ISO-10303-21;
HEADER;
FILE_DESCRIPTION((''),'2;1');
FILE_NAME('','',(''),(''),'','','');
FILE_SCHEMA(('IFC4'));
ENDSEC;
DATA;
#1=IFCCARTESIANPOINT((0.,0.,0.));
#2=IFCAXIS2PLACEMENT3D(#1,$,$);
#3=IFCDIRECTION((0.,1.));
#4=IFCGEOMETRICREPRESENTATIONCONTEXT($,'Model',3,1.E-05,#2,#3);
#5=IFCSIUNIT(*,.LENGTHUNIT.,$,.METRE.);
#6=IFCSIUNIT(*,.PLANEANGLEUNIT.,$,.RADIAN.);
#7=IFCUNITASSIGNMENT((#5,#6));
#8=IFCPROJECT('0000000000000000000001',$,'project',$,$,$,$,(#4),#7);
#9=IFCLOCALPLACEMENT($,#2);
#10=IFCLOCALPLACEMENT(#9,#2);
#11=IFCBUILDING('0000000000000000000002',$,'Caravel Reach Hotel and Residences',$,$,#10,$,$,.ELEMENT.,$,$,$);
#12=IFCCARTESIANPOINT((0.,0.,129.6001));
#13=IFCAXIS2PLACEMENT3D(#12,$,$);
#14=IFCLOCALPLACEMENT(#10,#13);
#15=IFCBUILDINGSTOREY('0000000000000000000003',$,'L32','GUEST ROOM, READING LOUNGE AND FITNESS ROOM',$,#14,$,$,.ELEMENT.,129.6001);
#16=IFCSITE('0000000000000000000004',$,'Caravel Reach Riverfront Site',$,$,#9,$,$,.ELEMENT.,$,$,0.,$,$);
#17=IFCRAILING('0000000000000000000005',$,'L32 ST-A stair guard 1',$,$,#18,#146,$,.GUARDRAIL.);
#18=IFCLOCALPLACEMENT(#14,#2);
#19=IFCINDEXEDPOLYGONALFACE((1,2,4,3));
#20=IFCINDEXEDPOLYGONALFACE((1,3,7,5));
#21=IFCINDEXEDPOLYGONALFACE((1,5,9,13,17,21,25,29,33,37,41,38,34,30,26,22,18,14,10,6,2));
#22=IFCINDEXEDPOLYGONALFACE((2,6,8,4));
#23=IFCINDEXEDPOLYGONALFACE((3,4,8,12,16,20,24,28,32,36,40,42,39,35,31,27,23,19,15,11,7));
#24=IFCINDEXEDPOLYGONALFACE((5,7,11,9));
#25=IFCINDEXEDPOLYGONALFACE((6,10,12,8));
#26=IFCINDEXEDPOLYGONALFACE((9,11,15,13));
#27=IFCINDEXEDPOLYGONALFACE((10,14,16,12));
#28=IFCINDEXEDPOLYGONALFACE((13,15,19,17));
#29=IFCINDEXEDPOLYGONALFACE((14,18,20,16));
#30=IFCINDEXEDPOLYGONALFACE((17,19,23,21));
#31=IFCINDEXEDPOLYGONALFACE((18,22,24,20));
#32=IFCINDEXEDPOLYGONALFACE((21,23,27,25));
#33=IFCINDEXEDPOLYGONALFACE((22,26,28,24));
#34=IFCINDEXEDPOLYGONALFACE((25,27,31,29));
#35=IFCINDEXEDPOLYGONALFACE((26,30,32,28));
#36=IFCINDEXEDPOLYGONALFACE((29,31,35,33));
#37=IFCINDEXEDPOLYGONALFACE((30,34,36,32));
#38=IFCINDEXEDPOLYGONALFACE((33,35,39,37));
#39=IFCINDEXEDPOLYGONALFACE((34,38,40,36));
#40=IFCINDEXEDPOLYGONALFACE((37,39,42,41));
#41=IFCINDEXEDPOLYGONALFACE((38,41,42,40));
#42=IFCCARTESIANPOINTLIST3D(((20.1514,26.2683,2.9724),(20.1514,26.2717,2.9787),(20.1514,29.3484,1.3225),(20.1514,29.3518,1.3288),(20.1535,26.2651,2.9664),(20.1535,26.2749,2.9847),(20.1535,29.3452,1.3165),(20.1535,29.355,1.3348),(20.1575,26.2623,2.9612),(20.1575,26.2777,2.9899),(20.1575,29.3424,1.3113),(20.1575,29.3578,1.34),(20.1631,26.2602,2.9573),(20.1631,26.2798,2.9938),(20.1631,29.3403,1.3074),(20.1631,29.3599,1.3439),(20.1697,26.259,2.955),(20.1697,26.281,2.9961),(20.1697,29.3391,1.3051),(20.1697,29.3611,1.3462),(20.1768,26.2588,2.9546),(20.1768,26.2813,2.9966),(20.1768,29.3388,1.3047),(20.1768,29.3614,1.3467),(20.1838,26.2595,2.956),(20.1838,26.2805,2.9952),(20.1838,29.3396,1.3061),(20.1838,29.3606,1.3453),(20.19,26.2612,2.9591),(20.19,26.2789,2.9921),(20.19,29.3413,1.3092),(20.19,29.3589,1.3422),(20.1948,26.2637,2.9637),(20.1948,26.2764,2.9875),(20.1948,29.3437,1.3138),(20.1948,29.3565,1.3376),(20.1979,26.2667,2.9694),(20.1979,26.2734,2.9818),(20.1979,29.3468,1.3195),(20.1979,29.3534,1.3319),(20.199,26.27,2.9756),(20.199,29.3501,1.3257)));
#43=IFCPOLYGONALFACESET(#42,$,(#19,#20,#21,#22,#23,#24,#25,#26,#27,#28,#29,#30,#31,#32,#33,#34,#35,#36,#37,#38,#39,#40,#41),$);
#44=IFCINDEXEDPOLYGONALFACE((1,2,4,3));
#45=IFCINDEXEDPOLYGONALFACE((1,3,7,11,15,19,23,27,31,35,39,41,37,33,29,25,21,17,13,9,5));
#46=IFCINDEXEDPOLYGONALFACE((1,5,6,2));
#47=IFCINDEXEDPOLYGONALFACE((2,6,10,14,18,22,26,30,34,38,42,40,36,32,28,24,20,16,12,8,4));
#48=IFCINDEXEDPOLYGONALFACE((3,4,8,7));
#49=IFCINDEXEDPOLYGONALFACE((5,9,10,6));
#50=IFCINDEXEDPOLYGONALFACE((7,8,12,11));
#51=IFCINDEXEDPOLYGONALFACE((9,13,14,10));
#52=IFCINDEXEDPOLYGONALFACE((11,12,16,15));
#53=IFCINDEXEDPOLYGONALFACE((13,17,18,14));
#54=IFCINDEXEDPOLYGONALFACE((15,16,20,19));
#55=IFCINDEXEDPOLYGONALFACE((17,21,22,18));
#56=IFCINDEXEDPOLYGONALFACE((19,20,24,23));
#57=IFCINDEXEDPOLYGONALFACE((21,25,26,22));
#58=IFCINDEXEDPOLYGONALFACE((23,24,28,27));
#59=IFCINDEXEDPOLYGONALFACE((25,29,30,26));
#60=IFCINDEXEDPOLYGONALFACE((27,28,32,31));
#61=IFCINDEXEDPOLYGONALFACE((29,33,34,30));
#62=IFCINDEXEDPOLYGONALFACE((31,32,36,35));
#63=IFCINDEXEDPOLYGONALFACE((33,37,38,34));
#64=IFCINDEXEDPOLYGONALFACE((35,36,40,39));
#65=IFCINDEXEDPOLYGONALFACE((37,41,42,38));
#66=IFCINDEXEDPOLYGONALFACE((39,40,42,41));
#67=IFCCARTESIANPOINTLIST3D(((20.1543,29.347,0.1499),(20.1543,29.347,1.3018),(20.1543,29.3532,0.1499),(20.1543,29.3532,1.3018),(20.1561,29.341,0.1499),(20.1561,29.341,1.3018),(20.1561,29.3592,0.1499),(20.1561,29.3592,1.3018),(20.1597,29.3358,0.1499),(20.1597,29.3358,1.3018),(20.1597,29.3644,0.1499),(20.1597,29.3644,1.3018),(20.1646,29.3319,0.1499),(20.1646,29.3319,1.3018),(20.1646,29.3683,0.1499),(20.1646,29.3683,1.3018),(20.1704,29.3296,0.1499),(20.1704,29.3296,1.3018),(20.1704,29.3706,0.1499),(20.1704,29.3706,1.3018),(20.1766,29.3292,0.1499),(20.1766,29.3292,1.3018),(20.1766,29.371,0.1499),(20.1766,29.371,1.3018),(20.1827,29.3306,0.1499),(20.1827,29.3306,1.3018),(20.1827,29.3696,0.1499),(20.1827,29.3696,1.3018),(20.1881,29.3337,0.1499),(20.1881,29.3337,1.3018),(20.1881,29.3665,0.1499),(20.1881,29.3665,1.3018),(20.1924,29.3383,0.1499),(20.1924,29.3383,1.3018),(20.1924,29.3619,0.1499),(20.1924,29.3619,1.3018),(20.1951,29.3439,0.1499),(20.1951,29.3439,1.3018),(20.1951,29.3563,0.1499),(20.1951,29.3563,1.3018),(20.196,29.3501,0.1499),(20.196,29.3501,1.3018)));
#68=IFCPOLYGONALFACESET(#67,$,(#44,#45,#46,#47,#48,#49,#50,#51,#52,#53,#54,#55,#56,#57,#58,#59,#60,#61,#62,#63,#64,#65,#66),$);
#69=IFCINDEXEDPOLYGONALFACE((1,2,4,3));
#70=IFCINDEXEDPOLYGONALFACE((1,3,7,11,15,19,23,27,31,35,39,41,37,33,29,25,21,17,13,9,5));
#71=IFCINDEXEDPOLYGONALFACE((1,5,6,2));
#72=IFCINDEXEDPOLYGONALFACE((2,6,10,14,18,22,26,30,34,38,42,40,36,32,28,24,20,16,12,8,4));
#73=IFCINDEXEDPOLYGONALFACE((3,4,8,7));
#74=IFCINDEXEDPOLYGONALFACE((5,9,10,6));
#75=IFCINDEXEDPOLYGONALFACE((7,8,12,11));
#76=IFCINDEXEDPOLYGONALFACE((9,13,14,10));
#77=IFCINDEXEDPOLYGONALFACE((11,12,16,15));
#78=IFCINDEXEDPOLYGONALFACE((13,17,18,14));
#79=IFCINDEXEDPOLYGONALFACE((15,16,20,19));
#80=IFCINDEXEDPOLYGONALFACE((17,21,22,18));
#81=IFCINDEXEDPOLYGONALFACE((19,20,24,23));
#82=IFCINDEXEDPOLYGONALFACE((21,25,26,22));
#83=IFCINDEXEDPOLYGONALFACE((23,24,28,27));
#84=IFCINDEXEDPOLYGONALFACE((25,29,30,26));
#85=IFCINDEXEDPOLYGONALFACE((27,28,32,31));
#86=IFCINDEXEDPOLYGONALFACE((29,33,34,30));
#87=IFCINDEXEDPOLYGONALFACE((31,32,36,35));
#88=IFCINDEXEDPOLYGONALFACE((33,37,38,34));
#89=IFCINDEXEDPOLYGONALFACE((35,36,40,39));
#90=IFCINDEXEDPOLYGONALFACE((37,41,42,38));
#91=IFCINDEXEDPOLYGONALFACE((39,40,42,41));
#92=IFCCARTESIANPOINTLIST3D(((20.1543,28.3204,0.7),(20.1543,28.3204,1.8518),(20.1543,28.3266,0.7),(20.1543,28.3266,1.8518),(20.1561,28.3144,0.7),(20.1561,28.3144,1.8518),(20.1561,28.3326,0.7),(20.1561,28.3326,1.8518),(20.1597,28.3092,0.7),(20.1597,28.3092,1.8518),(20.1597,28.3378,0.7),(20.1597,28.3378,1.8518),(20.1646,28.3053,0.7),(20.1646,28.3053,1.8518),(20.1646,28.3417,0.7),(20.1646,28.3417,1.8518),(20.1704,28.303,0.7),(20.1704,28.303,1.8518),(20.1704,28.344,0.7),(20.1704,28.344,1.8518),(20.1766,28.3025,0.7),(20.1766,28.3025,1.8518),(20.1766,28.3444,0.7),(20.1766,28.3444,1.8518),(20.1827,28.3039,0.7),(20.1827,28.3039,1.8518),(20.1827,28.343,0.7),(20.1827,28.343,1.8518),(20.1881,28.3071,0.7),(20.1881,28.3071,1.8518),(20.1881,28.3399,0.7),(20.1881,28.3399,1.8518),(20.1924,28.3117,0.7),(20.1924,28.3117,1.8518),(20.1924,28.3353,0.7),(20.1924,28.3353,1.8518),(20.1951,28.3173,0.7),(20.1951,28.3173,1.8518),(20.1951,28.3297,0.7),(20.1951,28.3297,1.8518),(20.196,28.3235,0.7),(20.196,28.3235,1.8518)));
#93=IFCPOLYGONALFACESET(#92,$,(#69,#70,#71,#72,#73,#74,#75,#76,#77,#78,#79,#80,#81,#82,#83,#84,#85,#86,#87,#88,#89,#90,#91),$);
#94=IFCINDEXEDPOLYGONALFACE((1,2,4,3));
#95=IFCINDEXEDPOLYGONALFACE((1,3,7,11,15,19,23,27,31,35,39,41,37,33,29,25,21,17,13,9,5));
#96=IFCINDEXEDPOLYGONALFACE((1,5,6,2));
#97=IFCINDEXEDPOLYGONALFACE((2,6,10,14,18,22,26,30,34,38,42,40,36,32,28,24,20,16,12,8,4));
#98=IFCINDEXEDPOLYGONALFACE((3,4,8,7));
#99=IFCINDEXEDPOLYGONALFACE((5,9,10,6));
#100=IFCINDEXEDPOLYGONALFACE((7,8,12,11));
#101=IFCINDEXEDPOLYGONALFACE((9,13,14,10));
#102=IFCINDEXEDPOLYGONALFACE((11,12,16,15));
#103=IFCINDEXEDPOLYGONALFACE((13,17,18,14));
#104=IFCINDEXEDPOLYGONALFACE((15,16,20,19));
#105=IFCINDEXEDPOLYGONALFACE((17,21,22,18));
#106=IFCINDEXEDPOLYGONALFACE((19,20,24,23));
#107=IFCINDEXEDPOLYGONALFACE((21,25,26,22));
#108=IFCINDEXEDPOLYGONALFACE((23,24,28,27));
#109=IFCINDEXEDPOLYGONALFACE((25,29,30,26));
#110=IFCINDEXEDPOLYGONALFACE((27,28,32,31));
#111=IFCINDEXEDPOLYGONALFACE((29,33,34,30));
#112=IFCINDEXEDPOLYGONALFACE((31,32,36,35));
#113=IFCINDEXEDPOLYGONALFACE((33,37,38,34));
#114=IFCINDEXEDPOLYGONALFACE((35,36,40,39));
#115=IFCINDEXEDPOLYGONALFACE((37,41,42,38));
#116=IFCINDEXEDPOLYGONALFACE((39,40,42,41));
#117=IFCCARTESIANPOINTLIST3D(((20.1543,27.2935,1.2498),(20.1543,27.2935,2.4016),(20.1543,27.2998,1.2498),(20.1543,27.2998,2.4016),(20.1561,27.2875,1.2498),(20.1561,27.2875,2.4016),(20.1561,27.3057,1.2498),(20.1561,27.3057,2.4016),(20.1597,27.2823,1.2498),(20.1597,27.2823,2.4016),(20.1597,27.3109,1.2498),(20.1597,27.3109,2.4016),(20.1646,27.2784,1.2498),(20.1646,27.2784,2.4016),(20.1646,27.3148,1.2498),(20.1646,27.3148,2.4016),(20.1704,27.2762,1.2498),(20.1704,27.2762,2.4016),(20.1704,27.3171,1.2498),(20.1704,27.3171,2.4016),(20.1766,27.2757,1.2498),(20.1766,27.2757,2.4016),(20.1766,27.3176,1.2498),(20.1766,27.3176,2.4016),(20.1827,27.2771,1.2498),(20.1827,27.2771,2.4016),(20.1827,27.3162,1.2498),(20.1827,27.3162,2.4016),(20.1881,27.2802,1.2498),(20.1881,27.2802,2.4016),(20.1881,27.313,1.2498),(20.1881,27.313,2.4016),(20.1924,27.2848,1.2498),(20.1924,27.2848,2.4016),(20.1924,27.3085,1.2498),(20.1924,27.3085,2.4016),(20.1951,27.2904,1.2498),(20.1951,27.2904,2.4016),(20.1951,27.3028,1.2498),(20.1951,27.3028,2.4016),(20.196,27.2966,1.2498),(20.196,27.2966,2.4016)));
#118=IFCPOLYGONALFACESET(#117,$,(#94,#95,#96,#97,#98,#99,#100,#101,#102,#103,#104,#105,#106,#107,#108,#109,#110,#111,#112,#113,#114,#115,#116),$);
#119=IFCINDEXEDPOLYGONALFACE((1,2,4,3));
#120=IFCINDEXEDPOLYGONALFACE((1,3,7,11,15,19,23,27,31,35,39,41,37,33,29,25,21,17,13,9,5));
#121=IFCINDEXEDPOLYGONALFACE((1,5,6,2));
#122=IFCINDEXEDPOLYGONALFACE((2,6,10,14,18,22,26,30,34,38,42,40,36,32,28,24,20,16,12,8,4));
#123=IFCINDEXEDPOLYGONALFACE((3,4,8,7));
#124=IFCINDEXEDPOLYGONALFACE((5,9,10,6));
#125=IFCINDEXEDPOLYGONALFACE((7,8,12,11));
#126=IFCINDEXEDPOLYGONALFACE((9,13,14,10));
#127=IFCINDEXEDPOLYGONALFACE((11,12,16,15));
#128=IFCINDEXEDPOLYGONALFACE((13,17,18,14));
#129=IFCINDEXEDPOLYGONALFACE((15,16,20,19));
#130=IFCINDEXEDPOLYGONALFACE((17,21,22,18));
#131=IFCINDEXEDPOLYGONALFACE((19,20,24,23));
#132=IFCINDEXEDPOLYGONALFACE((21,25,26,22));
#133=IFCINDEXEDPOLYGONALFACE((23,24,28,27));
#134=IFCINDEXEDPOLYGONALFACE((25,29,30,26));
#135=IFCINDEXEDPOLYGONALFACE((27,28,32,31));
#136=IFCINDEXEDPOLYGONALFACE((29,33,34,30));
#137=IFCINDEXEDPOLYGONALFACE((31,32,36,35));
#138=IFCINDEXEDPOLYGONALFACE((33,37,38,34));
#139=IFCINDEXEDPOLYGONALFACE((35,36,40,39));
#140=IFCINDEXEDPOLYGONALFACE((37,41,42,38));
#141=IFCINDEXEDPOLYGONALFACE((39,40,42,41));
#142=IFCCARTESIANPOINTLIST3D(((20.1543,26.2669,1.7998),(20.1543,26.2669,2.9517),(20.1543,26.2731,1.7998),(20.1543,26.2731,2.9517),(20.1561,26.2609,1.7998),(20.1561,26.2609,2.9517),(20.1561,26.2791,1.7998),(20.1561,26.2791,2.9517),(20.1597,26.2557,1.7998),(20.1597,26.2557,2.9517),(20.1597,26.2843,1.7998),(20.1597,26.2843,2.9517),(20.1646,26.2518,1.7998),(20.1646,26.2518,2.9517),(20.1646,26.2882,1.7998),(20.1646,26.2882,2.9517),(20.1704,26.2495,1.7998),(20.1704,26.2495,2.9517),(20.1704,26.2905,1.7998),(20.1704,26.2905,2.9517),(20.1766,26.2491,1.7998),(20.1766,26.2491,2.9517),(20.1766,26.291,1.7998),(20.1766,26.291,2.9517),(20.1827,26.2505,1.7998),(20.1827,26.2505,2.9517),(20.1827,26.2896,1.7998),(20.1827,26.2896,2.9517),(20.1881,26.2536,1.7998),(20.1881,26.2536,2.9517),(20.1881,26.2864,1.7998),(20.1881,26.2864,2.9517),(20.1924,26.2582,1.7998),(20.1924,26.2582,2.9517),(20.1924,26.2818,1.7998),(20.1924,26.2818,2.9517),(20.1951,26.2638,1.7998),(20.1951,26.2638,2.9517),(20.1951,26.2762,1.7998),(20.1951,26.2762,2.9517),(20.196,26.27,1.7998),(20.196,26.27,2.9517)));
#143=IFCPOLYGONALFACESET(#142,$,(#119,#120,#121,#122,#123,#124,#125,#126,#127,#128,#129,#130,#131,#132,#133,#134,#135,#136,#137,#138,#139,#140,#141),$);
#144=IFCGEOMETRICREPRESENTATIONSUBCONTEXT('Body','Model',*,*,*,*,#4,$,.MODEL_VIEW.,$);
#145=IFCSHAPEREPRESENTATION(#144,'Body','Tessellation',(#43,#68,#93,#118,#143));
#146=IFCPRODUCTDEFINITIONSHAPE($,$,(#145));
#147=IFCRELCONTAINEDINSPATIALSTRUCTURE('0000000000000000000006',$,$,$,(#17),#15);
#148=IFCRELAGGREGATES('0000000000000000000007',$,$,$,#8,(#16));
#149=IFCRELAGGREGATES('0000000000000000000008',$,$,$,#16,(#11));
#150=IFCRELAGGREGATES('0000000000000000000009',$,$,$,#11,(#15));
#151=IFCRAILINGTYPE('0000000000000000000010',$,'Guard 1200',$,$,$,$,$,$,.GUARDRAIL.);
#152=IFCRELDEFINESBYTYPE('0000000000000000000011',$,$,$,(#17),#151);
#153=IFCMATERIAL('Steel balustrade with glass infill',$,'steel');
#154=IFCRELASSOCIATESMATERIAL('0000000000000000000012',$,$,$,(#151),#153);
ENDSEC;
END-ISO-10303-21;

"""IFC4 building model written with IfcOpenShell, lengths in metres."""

from ifc_helpers import new_model, si_unit, direction, frame, origin, origin_2d, place, context, subcontext, project, spatial, circle, extrude, material, type_object, element, save


model = new_model("IFC4")

# Units and contexts
model_context = context("Model", 3, precision=1e-05, world=origin(), true_north=direction((0.0, 1.0)))
body_context = subcontext(model_context, "Body", "Model", "MODEL_VIEW")
ifc_project = project(units=[si_unit("LENGTHUNIT", "METRE"), si_unit("PLANEANGLEUNIT", "RADIAN")], contexts=[model_context])

# Site, building, storey
site_placement = place(None, origin())
site = spatial("IfcSite", under=ifc_project, at=site_placement, Name="Caravel Reach Riverfront Site", CompositionType="ELEMENT", RefElevation=0.0)
building_placement = place(site_placement, origin())
building = spatial("IfcBuilding", under=site, at=building_placement, Name="Caravel Reach Hotel and Residences", CompositionType="ELEMENT")
storey_placement = place(building_placement, frame((0.0, 0.0, 129.6001)))
storey = spatial("IfcBuildingStorey", under=building, at=storey_placement, Name="L32", Description="GUEST ROOM, READING LOUNGE AND FITNESS ROOM", CompositionType="ELEMENT", Elevation=129.6001)

# Railing
ifc_material_1 = material(Name="Steel balustrade with glass infill", Category="steel")
railing_type_1 = type_object("IfcRailingType", Name="Guard 1200", PredefinedType="GUARDRAIL", material=ifc_material_1)
railing_1_placement = place(storey_placement, frame((20.175, 29.3501, 0.1499)))
element("IfcRailing", 1, at=railing_1_placement, inside=storey, type_object=railing_type_1, Name="L32 ST-A stair guard 1", PredefinedType="GUARDRAIL", context=body_context, shape_type="SweptSolid", body=[
    extrude(circle(Radius=0.0239, at=origin_2d()), frame((0.0, 0.0, 1.1758), z_axis=(0.0, -0.881497, 0.47219), x_axis=(1.0, 0.0, 0.0)), (0.0, 0.0, 1.0), 3.4941),
    extrude(circle(Radius=0.021, at=origin_2d()), origin(), (0.0, 0.0, 1.0), 1.1519),
    extrude(circle(Radius=0.021, at=origin_2d()), frame((0.0, -1.0266, 0.55)), (0.0, 0.0, 1.0), 1.1519),
    extrude(circle(Radius=0.021, at=origin_2d()), frame((0.0, -2.0535, 1.0999)), (0.0, 0.0, 1.0), 1.1519),
    extrude(circle(Radius=0.021, at=origin_2d()), frame((0.0, -3.0801, 1.6499)), (0.0, 0.0, 1.0), 1.1519),
])

save(model, "model.ifc")
